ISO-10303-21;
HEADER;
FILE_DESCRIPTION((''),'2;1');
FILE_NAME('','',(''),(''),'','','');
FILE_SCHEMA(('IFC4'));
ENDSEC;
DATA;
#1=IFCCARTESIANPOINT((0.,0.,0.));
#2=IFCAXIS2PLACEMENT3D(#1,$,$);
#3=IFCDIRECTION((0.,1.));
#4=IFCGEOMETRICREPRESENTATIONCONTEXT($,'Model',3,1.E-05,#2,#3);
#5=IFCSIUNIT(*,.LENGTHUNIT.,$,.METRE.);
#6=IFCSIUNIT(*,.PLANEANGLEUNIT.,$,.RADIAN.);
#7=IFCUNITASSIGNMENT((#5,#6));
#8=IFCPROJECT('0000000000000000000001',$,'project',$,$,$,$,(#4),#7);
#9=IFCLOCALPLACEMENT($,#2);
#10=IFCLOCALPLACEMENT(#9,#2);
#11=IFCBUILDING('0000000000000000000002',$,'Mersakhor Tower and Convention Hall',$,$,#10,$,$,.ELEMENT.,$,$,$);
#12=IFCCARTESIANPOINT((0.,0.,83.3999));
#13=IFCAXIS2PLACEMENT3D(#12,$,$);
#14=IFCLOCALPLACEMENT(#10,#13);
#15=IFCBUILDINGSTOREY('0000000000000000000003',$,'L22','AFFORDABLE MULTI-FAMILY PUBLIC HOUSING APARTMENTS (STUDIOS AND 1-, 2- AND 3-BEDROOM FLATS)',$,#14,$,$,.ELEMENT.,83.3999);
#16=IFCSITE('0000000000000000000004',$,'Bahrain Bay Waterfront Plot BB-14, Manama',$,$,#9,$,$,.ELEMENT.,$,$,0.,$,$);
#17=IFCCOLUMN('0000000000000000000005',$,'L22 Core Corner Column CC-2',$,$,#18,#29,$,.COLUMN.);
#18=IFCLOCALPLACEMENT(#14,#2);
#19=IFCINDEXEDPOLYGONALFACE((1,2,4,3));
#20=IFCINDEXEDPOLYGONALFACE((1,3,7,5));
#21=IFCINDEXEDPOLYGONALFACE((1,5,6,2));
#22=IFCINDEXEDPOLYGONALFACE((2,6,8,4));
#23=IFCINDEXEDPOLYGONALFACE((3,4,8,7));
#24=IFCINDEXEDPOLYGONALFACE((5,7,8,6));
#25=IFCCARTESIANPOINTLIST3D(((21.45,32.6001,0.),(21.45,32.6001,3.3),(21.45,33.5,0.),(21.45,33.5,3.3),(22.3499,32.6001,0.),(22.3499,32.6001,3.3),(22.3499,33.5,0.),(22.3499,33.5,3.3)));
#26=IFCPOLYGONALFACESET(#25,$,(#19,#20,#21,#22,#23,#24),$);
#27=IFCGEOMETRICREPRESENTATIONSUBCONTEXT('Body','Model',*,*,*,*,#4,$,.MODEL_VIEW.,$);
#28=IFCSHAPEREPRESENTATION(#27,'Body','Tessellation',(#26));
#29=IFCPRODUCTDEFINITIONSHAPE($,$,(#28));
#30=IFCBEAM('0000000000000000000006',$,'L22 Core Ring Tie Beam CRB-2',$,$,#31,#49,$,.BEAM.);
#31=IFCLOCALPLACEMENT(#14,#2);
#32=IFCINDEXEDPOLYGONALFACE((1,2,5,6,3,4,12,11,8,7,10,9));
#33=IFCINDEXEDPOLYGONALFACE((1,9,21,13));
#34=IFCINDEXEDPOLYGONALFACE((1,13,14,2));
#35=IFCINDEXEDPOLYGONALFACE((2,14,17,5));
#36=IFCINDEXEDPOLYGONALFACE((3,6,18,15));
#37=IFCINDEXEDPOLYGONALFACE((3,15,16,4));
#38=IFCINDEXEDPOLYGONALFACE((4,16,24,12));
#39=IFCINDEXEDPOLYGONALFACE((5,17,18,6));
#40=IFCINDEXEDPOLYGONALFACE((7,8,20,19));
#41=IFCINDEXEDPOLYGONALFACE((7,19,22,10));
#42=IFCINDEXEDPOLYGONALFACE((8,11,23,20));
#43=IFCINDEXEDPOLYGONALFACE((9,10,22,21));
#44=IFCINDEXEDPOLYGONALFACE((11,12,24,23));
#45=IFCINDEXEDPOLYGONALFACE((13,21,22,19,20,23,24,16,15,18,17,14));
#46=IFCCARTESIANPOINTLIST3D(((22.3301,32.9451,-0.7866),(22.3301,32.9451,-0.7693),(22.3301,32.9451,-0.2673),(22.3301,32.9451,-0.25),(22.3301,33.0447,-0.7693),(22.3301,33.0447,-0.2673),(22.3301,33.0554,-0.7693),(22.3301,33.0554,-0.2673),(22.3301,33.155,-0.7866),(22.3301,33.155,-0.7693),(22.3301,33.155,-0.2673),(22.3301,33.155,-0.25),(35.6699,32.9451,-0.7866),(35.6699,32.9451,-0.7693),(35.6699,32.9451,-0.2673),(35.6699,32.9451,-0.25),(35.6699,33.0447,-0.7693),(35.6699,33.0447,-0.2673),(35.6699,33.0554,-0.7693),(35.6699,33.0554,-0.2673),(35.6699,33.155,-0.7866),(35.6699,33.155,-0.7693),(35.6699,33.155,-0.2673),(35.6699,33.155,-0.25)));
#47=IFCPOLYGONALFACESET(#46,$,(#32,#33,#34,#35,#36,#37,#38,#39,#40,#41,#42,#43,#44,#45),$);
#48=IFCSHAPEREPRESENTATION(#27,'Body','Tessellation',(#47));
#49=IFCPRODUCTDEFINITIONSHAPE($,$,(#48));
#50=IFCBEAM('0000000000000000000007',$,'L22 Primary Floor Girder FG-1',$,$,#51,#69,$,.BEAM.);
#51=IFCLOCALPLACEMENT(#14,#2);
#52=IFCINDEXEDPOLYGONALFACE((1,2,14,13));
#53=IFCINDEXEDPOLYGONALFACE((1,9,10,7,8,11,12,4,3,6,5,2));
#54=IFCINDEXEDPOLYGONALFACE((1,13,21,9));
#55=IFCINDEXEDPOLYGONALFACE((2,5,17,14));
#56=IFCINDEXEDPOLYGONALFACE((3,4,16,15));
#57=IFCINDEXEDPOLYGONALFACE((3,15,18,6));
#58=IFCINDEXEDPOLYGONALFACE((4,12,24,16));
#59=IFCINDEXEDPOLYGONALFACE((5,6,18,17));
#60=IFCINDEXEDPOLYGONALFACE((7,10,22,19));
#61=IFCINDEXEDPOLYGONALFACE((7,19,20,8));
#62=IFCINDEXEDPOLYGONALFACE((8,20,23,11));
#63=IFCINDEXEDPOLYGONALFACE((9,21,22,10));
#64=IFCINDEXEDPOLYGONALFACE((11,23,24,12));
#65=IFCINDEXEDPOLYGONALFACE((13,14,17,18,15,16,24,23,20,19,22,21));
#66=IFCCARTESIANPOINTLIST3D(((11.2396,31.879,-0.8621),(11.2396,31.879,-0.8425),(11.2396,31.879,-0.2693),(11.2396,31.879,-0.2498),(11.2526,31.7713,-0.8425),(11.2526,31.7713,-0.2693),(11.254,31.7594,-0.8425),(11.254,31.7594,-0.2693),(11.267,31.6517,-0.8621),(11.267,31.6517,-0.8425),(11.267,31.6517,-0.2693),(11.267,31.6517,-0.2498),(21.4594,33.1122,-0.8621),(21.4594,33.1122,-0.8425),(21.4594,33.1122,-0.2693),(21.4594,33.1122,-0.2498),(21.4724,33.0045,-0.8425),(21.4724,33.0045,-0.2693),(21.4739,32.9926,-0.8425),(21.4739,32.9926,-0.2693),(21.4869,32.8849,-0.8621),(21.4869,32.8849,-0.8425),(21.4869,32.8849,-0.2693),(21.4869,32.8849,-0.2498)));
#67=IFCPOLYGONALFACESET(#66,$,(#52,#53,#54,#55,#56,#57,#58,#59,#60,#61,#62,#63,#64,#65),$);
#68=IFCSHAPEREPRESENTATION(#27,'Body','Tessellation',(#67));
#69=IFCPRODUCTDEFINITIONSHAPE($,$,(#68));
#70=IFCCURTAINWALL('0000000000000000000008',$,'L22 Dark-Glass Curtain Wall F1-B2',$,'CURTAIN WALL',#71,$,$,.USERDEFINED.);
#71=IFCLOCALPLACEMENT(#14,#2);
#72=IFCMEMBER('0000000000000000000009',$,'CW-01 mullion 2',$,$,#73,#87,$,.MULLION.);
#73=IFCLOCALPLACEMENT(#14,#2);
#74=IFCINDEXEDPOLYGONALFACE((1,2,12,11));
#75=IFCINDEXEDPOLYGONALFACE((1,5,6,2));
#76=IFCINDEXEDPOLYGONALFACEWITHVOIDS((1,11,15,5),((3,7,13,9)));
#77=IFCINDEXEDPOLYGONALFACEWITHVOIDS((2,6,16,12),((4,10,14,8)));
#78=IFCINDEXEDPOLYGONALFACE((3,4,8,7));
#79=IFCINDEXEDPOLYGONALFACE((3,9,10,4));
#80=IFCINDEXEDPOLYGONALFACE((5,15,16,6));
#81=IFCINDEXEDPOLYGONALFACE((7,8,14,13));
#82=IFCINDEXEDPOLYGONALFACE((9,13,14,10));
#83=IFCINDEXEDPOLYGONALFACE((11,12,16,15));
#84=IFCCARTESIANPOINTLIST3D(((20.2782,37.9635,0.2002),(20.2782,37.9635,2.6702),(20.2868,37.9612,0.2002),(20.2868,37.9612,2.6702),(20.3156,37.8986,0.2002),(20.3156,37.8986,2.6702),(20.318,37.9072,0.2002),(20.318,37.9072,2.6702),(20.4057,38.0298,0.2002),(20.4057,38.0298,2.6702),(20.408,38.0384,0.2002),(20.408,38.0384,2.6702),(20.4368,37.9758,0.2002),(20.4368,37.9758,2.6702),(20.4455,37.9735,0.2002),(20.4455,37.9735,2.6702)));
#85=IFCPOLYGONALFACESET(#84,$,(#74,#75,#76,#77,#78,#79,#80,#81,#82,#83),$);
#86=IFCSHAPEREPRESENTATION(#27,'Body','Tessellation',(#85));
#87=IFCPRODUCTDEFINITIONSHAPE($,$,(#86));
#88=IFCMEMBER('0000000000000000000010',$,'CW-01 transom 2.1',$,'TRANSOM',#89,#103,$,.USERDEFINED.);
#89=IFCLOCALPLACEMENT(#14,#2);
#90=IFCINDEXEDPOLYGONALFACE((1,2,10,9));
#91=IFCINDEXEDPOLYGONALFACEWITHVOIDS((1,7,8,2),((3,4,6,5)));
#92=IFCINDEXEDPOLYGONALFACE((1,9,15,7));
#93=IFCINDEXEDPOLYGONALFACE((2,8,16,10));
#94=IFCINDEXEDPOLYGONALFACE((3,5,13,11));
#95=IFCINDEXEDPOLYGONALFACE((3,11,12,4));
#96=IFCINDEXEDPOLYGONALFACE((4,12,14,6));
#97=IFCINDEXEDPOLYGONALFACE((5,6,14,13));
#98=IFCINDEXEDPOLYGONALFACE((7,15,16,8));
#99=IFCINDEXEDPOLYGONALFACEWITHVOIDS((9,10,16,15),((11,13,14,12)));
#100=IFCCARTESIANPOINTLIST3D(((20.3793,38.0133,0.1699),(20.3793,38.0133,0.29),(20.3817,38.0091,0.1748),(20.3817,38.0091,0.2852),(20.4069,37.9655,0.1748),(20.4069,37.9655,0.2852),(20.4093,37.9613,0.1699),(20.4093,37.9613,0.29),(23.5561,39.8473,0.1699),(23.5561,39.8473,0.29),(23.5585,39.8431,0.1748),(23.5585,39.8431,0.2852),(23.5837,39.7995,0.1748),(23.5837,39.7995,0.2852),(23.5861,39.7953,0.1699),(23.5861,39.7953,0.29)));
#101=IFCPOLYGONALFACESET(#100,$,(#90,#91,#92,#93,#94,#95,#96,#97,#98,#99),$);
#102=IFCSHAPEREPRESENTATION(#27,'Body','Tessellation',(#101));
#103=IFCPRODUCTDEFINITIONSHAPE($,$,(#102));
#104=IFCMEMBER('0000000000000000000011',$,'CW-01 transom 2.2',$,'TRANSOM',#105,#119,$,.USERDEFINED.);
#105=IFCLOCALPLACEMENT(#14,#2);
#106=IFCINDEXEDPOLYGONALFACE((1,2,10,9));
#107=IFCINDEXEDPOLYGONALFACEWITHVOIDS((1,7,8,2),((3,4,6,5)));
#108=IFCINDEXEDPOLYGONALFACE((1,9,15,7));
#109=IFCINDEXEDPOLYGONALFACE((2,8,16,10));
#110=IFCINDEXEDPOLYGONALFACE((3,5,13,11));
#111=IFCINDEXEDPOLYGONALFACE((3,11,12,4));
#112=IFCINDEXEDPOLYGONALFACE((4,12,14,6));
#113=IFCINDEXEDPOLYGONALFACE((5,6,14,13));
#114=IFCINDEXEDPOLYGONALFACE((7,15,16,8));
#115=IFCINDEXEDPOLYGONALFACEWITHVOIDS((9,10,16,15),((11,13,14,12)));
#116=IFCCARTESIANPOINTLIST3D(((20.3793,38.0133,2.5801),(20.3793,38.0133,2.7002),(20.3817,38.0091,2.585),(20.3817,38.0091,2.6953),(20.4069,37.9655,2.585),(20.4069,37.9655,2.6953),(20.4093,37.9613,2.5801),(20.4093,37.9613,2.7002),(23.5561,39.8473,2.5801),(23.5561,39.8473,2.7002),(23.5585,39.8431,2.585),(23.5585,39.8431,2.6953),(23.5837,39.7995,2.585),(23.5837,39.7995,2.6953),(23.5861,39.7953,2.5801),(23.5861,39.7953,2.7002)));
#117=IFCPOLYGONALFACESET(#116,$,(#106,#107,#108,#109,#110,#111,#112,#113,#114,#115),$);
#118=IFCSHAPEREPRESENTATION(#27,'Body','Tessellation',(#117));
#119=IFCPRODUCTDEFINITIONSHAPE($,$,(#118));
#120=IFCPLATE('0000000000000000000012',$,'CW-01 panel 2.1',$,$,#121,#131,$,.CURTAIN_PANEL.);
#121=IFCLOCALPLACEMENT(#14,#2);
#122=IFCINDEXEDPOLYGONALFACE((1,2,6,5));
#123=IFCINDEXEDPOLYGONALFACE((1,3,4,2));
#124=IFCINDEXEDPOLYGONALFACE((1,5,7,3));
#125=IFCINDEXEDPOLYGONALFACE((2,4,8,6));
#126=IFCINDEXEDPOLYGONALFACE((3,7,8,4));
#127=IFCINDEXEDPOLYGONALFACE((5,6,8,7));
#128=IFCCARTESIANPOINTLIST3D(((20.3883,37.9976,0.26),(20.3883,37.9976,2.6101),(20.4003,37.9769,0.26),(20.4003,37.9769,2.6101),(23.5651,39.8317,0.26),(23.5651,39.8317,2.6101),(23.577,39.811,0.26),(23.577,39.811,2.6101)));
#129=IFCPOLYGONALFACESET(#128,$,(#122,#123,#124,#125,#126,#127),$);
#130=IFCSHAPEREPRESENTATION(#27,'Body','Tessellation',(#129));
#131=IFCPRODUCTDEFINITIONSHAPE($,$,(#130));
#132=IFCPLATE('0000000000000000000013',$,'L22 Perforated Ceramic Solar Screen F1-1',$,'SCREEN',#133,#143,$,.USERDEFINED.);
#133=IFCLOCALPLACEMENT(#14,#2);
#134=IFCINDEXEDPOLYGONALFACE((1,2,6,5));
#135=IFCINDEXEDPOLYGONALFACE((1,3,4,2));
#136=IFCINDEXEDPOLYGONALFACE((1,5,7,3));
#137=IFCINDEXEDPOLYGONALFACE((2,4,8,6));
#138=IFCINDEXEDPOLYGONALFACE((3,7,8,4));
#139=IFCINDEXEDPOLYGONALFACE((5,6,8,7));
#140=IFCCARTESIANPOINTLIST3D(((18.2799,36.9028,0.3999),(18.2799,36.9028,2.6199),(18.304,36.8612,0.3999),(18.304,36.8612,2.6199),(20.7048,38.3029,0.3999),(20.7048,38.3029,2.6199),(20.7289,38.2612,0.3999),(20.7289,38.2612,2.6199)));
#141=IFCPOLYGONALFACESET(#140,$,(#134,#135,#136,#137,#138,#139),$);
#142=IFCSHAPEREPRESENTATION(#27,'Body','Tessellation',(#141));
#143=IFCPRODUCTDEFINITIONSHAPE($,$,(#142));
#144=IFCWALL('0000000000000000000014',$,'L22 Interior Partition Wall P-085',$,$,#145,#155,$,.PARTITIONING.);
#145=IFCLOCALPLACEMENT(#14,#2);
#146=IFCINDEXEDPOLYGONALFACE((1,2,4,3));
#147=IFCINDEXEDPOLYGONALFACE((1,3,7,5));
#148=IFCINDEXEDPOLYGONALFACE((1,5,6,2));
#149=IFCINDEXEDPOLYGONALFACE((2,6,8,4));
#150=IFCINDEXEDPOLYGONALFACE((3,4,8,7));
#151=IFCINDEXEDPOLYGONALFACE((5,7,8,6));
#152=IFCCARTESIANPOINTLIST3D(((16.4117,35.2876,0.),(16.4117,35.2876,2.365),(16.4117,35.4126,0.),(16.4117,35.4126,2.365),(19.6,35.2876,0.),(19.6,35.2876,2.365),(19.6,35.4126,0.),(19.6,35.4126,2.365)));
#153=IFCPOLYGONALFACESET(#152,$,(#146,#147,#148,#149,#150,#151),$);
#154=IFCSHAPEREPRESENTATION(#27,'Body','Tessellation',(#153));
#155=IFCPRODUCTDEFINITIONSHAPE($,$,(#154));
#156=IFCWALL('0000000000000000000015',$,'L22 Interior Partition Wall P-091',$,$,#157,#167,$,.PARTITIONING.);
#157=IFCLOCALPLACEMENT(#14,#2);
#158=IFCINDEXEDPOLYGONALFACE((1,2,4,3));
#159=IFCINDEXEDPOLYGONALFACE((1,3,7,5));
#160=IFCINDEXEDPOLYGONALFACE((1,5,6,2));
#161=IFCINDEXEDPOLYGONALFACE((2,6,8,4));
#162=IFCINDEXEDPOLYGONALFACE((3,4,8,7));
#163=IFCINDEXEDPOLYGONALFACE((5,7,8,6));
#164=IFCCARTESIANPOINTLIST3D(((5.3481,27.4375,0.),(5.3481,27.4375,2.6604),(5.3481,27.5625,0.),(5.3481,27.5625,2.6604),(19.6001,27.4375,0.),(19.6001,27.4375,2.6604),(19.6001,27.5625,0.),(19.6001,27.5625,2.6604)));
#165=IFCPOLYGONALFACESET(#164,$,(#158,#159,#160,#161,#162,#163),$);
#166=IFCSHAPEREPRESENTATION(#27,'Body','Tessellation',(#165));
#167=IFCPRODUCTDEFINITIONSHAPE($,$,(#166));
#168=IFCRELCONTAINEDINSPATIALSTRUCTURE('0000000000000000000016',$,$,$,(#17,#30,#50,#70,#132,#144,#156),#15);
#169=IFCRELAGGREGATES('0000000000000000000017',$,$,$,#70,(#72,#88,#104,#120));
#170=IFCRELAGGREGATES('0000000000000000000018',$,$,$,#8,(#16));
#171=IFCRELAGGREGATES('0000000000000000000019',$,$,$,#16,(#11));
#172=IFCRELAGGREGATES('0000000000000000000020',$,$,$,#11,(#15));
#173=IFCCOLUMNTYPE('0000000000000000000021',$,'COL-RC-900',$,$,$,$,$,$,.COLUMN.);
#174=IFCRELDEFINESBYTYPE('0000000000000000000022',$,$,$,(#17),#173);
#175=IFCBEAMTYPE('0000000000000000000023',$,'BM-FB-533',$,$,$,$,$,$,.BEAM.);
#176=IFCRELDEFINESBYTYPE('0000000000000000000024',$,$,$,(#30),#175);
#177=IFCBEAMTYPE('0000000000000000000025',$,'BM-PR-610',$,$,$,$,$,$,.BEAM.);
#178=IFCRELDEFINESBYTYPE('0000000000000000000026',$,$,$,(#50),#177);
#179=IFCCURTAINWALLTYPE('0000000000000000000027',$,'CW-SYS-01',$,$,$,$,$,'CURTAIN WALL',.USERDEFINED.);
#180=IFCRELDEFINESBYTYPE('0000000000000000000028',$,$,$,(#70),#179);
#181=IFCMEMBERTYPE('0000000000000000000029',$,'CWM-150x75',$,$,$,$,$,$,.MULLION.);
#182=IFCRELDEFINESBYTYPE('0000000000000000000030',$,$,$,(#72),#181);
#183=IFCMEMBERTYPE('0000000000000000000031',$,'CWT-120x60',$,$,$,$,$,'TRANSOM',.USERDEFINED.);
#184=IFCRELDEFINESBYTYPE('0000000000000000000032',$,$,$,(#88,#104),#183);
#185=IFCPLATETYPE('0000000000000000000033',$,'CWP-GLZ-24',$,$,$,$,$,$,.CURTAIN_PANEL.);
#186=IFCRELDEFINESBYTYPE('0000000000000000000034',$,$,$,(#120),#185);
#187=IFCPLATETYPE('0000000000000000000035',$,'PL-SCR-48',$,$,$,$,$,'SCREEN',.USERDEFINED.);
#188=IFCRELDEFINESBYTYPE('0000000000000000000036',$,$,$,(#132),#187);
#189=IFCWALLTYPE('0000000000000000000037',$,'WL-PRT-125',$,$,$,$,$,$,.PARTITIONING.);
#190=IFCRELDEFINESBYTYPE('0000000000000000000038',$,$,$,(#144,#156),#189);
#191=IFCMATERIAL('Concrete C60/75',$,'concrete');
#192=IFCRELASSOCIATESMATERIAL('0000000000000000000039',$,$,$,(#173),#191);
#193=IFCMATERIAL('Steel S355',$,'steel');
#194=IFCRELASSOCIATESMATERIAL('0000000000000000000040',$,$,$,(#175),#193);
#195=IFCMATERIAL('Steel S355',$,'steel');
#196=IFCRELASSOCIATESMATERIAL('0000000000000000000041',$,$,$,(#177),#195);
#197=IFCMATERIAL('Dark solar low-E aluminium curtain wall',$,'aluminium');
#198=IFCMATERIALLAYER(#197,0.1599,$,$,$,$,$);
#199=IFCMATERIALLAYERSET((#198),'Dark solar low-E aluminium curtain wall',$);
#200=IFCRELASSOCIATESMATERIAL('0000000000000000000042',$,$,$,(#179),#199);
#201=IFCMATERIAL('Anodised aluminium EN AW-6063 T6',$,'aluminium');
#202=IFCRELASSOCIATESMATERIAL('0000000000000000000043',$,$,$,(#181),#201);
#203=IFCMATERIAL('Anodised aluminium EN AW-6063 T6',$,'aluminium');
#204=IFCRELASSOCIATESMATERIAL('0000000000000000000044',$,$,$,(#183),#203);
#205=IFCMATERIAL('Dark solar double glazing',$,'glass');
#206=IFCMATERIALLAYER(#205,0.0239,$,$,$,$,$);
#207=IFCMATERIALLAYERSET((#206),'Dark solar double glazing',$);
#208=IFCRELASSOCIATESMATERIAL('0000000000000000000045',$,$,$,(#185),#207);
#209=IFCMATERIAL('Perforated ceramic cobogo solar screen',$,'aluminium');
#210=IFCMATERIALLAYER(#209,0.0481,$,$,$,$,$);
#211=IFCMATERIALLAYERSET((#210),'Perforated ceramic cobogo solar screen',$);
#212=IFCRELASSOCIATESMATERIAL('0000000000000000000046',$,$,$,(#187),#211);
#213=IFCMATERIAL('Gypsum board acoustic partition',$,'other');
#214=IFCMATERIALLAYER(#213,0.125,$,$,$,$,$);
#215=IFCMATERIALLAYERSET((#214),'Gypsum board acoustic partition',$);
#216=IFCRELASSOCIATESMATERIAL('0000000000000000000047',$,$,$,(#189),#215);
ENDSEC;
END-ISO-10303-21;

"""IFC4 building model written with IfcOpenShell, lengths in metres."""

from ifc_helpers import new_model, si_unit, direction, frame, frame_2d, origin, origin_2d, place, context, subcontext, project, spatial, rectangle, hollow_rectangle, i_section, extrude, material, layer, layer_set, material_profile, profile_set, type_object, element, aggregate, save


model = new_model("IFC4")

# Units and contexts
model_context = context("Model", 3, precision=1e-05, world=origin(), true_north=direction((0.0, 1.0)))
body_context = subcontext(model_context, "Body", "Model", "MODEL_VIEW")
ifc_project = project(units=[si_unit("LENGTHUNIT", "METRE"), si_unit("PLANEANGLEUNIT", "RADIAN")], contexts=[model_context])

# Site, building, storey
site_placement = place(None, origin())
site = spatial("IfcSite", under=ifc_project, at=site_placement, Name="Bahrain Bay Waterfront Plot BB-14, Manama", CompositionType="ELEMENT", RefElevation=0.0)
building_placement = place(site_placement, origin())
building = spatial("IfcBuilding", under=site, at=building_placement, Name="Mersakhor Tower and Convention Hall", CompositionType="ELEMENT")
storey_placement = place(building_placement, frame((0.0, 0.0, 83.3999)))
storey = spatial("IfcBuildingStorey", under=building, at=storey_placement, Name="L22", Description="AFFORDABLE MULTI-FAMILY PUBLIC HOUSING APARTMENTS (STUDIOS AND 1-, 2- AND 3-BEDROOM FLATS)", CompositionType="ELEMENT", Elevation=83.3999)

# Column
ifc_material_1 = material(Name="Concrete C60/75", Category="concrete")
ifc_material_profile_1 = material_profile(ifc_material_1, rectangle(XDim=0.8999, YDim=0.8999, at=origin_2d()), Name="RC 900x900")
ifc_profile_set_1 = profile_set([ifc_material_profile_1], Name="Concrete C60/75")
column_type = type_object("IfcColumnType", Name="COL-RC-900", PredefinedType="COLUMN", material=ifc_profile_set_1)
column_placement = place(storey_placement, frame((21.8999, 33.05, 0.0), z_axis=(0.0, 0.0, 1.0), x_axis=(1.0, 0.0, 0.0)))
element("IfcColumn", 1, at=column_placement, inside=storey, type_object=column_type, Name="L22 Core Corner Column CC-2", PredefinedType="COLUMN", context=body_context, shape_type="SweptSolid", body=[
    extrude(rectangle(XDim=0.8999, YDim=0.8999, at=origin_2d()), origin(), (0.0, 0.0, 1.0), 3.3),
])

# Beams
ifc_material_2 = material(Name="Steel S355", Category="steel")
ifc_material_profile_2 = material_profile(ifc_material_2, i_section(OverallWidth=0.21, OverallDepth=0.5366, WebThickness=0.0107, FlangeThickness=0.0173, at=origin_2d()), Name="UB 533x210x101")
ifc_profile_set_2 = profile_set([ifc_material_profile_2], Name="Steel S355")
beam_type_1 = type_object("IfcBeamType", Name="BM-FB-533", PredefinedType="BEAM", material=ifc_profile_set_2)
beam_1_placement = place(storey_placement, frame((22.3301, 33.05, -0.5183), z_axis=(1.0, 0.0, 0.0), x_axis=(0.0, 1.0, 0.0)))
element("IfcBeam", 2, at=beam_1_placement, inside=storey, type_object=beam_type_1, Name="L22 Core Ring Tie Beam CRB-2", PredefinedType="BEAM", context=body_context, shape_type="SweptSolid", body=[
    extrude(i_section(OverallWidth=0.21, OverallDepth=0.5366, WebThickness=0.0107, FlangeThickness=0.0173, at=origin_2d()), origin(), (0.0, 0.0, 1.0), 13.3398),
])
ifc_material_3 = material(Name="Steel S355", Category="steel")
ifc_material_profile_3 = material_profile(ifc_material_3, i_section(OverallWidth=0.229, OverallDepth=0.6123, WebThickness=0.012, FlangeThickness=0.0195, at=origin_2d()), Name="UB 610x229x125")
ifc_profile_set_3 = profile_set([ifc_material_profile_3], Name="Steel S355")
beam_type_2 = type_object("IfcBeamType", Name="BM-PR-610", PredefinedType="BEAM", material=ifc_profile_set_3)
beam_2_placement = place(storey_placement, frame((21.4731, 32.9985, -0.5559), z_axis=(-0.992799, -0.119795, 0.0), x_axis=(0.119795, -0.992799, 0.0)))
element("IfcBeam", 3, at=beam_2_placement, inside=storey, type_object=beam_type_2, Name="L22 Primary Floor Girder FG-1", PredefinedType="BEAM", context=body_context, shape_type="SweptSolid", body=[
    extrude(i_section(OverallWidth=0.229, OverallDepth=0.6123, WebThickness=0.012, FlangeThickness=0.0195, at=origin_2d()), origin(), (0.0, 0.0, 1.0), 10.2939),
])

# Curtain wall, members, plate
ifc_material_4 = material(Name="Dark solar low-E aluminium curtain wall", Category="aluminium")
ifc_layer_1 = layer(ifc_material_4, 0.1599)
ifc_layer_set_1 = layer_set([ifc_layer_1], Name="Dark solar low-E aluminium curtain wall")
curtain_wall_type = type_object("IfcCurtainWallType", Name="CW-SYS-01", ElementType="CURTAIN WALL", PredefinedType="USERDEFINED", material=ifc_layer_set_1)
curtain_wall_placement = place(storey_placement, origin())
curtain_wall = element("IfcCurtainWall", 4, at=curtain_wall_placement, inside=storey, type_object=curtain_wall_type, Name="L22 Dark-Glass Curtain Wall F1-B2", ObjectType="CURTAIN WALL", PredefinedType="USERDEFINED")
ifc_material_5 = material(Name="Anodised aluminium EN AW-6063 T6", Category="aluminium")
ifc_material_profile_4 = material_profile(ifc_material_5, hollow_rectangle(XDim=0.075, YDim=0.1499, WallThickness=0.0063, at=origin_2d()), Name="RHS 150x75x6.3")
ifc_profile_set_4 = profile_set([ifc_material_profile_4], Name="Anodised aluminium EN AW-6063 T6")
member_type_1 = type_object("IfcMemberType", Name="CWM-150x75", PredefinedType="MULLION", material=ifc_profile_set_4)
member_1_placement = place(storey_placement, frame((20.3618, 37.9685, 0.2002), z_axis=(0.0, 0.0, 1.0), x_axis=(-0.499998, 0.866027, 0.0)))
member_1 = element("IfcMember", 5, at=member_1_placement, type_object=member_type_1, Name="CW-01 mullion 2", PredefinedType="MULLION", context=body_context, shape_type="SweptSolid", body=[
    extrude(hollow_rectangle(XDim=0.075, YDim=0.1499, WallThickness=0.0063, at=origin_2d()), origin(), (0.0, 0.0, 1.0), 2.47),
])
ifc_material_6 = material(Name="Anodised aluminium EN AW-6063 T6", Category="aluminium")
ifc_material_profile_5 = material_profile(ifc_material_6, hollow_rectangle(XDim=0.0601, YDim=0.1201, WallThickness=0.0049, at=origin_2d()), Name="RHS 120x60x5")
ifc_profile_set_5 = profile_set([ifc_material_profile_5], Name="Anodised aluminium EN AW-6063 T6")
member_type_2 = type_object("IfcMemberType", Name="CWT-120x60", ElementType="TRANSOM", PredefinedType="USERDEFINED", material=ifc_profile_set_5)
member_2_placement = place(storey_placement, frame((20.3943, 37.9873, 0.23), z_axis=(0.866039, 0.499976, 0.0), x_axis=(-0.499976, 0.866039, 0.0)))
member_2 = element("IfcMember", 6, at=member_2_placement, type_object=member_type_2, Name="CW-01 transom 2.1", ObjectType="TRANSOM", PredefinedType="USERDEFINED", context=body_context, shape_type="SweptSolid", body=[
    extrude(hollow_rectangle(XDim=0.0601, YDim=0.1201, WallThickness=0.0049, at=origin_2d()), origin(), (0.0, 0.0, 1.0), 3.6682),
])
member_3_placement = place(storey_placement, frame((20.3943, 37.9873, 2.6401), z_axis=(0.866039, 0.499976, 0.0), x_axis=(-0.499976, 0.866039, 0.0)))
member_3 = element("IfcMember", 7, at=member_3_placement, type_object=member_type_2, Name="CW-01 transom 2.2", ObjectType="TRANSOM", PredefinedType="USERDEFINED", context=body_context, shape_type="SweptSolid", body=[
    extrude(hollow_rectangle(XDim=0.0601, YDim=0.1201, WallThickness=0.0049, at=origin_2d()), origin(), (0.0, 0.0, 1.0), 3.6682),
])
ifc_material_7 = material(Name="Dark solar double glazing", Category="glass")
ifc_layer_2 = layer(ifc_material_7, 0.0239)
ifc_layer_set_2 = layer_set([ifc_layer_2], Name="Dark solar double glazing")
plate_type_1 = type_object("IfcPlateType", Name="CWP-GLZ-24", PredefinedType="CURTAIN_PANEL", material=ifc_layer_set_2)
plate_1_placement = place(storey_placement, frame((21.9827, 38.9043, 0.26), z_axis=(0.0, 0.0, 1.0), x_axis=(0.866027, 0.499998, 0.0)))
plate_1 = element("IfcPlate", 8, at=plate_1_placement, type_object=plate_type_1, Name="CW-01 panel 2.1", PredefinedType="CURTAIN_PANEL", context=body_context, shape_type="SweptSolid", body=[
    extrude(rectangle(XDim=3.6682, YDim=0.0239, at=origin_2d()), origin(), (0.0, 0.0, 1.0), 2.3501),
])
aggregate(curtain_wall, [member_1, member_2, member_3, plate_1])

# Plate
ifc_material_8 = material(Name="Perforated ceramic cobogo solar screen", Category="aluminium")
ifc_layer_3 = layer(ifc_material_8, 0.0481)
ifc_layer_set_3 = layer_set([ifc_layer_3], Name="Perforated ceramic cobogo solar screen")
plate_type_2 = type_object("IfcPlateType", Name="PL-SCR-48", ElementType="SCREEN", PredefinedType="USERDEFINED", material=ifc_layer_set_3)
plate_2_placement = place(storey_placement, frame((19.5044, 37.582, 0.3999), z_axis=(0.0, 0.0, 1.0), x_axis=(0.866025, 0.5, 0.0)))
element("IfcPlate", 9, at=plate_2_placement, inside=storey, type_object=plate_type_2, Name="L22 Perforated Ceramic Solar Screen F1-1", ObjectType="SCREEN", PredefinedType="USERDEFINED", context=body_context, shape_type="SweptSolid", body=[
    extrude(rectangle(XDim=2.8, YDim=0.0481, at=origin_2d()), origin(), (0.0, 0.0, 1.0), 2.22),
])

# Walls
ifc_material_9 = material(Name="Gypsum board acoustic partition", Category="other")
ifc_layer_4 = layer(ifc_material_9, 0.125)
ifc_layer_set_4 = layer_set([ifc_layer_4], Name="Gypsum board acoustic partition")
wall_type_1 = type_object("IfcWallType", Name="WL-PRT-125", PredefinedType="PARTITIONING", material=ifc_layer_set_4)
wall_1_placement = place(storey_placement, frame((19.6001, 35.3501, 0.0), z_axis=(0.0, 0.0, 1.0), x_axis=(-1.0, 0.0, 0.0)))
element("IfcWall", 10, at=wall_1_placement, inside=storey, type_object=wall_type_1, Name="L22 Interior Partition Wall P-085", PredefinedType="PARTITIONING", context=body_context, shape_type="SweptSolid", body=[
    extrude(rectangle(XDim=3.1882, YDim=0.125, at=frame_2d((1.5942, 0.0))), origin(), (0.0, 0.0, 1.0), 2.365),
])
wall_2_placement = place(storey_placement, frame((19.6001, 27.5, 0.0), z_axis=(0.0, 0.0, 1.0), x_axis=(-1.0, 0.0, 0.0)))
element("IfcWall", 11, at=wall_2_placement, inside=storey, type_object=wall_type_1, Name="L22 Interior Partition Wall P-091", PredefinedType="PARTITIONING", context=body_context, shape_type="SweptSolid", body=[
    extrude(rectangle(XDim=14.252, YDim=0.125, at=frame_2d((7.126, 0.0))), origin(), (0.0, 0.0, 1.0), 2.6604),
])

save(model, "model.ifc")
